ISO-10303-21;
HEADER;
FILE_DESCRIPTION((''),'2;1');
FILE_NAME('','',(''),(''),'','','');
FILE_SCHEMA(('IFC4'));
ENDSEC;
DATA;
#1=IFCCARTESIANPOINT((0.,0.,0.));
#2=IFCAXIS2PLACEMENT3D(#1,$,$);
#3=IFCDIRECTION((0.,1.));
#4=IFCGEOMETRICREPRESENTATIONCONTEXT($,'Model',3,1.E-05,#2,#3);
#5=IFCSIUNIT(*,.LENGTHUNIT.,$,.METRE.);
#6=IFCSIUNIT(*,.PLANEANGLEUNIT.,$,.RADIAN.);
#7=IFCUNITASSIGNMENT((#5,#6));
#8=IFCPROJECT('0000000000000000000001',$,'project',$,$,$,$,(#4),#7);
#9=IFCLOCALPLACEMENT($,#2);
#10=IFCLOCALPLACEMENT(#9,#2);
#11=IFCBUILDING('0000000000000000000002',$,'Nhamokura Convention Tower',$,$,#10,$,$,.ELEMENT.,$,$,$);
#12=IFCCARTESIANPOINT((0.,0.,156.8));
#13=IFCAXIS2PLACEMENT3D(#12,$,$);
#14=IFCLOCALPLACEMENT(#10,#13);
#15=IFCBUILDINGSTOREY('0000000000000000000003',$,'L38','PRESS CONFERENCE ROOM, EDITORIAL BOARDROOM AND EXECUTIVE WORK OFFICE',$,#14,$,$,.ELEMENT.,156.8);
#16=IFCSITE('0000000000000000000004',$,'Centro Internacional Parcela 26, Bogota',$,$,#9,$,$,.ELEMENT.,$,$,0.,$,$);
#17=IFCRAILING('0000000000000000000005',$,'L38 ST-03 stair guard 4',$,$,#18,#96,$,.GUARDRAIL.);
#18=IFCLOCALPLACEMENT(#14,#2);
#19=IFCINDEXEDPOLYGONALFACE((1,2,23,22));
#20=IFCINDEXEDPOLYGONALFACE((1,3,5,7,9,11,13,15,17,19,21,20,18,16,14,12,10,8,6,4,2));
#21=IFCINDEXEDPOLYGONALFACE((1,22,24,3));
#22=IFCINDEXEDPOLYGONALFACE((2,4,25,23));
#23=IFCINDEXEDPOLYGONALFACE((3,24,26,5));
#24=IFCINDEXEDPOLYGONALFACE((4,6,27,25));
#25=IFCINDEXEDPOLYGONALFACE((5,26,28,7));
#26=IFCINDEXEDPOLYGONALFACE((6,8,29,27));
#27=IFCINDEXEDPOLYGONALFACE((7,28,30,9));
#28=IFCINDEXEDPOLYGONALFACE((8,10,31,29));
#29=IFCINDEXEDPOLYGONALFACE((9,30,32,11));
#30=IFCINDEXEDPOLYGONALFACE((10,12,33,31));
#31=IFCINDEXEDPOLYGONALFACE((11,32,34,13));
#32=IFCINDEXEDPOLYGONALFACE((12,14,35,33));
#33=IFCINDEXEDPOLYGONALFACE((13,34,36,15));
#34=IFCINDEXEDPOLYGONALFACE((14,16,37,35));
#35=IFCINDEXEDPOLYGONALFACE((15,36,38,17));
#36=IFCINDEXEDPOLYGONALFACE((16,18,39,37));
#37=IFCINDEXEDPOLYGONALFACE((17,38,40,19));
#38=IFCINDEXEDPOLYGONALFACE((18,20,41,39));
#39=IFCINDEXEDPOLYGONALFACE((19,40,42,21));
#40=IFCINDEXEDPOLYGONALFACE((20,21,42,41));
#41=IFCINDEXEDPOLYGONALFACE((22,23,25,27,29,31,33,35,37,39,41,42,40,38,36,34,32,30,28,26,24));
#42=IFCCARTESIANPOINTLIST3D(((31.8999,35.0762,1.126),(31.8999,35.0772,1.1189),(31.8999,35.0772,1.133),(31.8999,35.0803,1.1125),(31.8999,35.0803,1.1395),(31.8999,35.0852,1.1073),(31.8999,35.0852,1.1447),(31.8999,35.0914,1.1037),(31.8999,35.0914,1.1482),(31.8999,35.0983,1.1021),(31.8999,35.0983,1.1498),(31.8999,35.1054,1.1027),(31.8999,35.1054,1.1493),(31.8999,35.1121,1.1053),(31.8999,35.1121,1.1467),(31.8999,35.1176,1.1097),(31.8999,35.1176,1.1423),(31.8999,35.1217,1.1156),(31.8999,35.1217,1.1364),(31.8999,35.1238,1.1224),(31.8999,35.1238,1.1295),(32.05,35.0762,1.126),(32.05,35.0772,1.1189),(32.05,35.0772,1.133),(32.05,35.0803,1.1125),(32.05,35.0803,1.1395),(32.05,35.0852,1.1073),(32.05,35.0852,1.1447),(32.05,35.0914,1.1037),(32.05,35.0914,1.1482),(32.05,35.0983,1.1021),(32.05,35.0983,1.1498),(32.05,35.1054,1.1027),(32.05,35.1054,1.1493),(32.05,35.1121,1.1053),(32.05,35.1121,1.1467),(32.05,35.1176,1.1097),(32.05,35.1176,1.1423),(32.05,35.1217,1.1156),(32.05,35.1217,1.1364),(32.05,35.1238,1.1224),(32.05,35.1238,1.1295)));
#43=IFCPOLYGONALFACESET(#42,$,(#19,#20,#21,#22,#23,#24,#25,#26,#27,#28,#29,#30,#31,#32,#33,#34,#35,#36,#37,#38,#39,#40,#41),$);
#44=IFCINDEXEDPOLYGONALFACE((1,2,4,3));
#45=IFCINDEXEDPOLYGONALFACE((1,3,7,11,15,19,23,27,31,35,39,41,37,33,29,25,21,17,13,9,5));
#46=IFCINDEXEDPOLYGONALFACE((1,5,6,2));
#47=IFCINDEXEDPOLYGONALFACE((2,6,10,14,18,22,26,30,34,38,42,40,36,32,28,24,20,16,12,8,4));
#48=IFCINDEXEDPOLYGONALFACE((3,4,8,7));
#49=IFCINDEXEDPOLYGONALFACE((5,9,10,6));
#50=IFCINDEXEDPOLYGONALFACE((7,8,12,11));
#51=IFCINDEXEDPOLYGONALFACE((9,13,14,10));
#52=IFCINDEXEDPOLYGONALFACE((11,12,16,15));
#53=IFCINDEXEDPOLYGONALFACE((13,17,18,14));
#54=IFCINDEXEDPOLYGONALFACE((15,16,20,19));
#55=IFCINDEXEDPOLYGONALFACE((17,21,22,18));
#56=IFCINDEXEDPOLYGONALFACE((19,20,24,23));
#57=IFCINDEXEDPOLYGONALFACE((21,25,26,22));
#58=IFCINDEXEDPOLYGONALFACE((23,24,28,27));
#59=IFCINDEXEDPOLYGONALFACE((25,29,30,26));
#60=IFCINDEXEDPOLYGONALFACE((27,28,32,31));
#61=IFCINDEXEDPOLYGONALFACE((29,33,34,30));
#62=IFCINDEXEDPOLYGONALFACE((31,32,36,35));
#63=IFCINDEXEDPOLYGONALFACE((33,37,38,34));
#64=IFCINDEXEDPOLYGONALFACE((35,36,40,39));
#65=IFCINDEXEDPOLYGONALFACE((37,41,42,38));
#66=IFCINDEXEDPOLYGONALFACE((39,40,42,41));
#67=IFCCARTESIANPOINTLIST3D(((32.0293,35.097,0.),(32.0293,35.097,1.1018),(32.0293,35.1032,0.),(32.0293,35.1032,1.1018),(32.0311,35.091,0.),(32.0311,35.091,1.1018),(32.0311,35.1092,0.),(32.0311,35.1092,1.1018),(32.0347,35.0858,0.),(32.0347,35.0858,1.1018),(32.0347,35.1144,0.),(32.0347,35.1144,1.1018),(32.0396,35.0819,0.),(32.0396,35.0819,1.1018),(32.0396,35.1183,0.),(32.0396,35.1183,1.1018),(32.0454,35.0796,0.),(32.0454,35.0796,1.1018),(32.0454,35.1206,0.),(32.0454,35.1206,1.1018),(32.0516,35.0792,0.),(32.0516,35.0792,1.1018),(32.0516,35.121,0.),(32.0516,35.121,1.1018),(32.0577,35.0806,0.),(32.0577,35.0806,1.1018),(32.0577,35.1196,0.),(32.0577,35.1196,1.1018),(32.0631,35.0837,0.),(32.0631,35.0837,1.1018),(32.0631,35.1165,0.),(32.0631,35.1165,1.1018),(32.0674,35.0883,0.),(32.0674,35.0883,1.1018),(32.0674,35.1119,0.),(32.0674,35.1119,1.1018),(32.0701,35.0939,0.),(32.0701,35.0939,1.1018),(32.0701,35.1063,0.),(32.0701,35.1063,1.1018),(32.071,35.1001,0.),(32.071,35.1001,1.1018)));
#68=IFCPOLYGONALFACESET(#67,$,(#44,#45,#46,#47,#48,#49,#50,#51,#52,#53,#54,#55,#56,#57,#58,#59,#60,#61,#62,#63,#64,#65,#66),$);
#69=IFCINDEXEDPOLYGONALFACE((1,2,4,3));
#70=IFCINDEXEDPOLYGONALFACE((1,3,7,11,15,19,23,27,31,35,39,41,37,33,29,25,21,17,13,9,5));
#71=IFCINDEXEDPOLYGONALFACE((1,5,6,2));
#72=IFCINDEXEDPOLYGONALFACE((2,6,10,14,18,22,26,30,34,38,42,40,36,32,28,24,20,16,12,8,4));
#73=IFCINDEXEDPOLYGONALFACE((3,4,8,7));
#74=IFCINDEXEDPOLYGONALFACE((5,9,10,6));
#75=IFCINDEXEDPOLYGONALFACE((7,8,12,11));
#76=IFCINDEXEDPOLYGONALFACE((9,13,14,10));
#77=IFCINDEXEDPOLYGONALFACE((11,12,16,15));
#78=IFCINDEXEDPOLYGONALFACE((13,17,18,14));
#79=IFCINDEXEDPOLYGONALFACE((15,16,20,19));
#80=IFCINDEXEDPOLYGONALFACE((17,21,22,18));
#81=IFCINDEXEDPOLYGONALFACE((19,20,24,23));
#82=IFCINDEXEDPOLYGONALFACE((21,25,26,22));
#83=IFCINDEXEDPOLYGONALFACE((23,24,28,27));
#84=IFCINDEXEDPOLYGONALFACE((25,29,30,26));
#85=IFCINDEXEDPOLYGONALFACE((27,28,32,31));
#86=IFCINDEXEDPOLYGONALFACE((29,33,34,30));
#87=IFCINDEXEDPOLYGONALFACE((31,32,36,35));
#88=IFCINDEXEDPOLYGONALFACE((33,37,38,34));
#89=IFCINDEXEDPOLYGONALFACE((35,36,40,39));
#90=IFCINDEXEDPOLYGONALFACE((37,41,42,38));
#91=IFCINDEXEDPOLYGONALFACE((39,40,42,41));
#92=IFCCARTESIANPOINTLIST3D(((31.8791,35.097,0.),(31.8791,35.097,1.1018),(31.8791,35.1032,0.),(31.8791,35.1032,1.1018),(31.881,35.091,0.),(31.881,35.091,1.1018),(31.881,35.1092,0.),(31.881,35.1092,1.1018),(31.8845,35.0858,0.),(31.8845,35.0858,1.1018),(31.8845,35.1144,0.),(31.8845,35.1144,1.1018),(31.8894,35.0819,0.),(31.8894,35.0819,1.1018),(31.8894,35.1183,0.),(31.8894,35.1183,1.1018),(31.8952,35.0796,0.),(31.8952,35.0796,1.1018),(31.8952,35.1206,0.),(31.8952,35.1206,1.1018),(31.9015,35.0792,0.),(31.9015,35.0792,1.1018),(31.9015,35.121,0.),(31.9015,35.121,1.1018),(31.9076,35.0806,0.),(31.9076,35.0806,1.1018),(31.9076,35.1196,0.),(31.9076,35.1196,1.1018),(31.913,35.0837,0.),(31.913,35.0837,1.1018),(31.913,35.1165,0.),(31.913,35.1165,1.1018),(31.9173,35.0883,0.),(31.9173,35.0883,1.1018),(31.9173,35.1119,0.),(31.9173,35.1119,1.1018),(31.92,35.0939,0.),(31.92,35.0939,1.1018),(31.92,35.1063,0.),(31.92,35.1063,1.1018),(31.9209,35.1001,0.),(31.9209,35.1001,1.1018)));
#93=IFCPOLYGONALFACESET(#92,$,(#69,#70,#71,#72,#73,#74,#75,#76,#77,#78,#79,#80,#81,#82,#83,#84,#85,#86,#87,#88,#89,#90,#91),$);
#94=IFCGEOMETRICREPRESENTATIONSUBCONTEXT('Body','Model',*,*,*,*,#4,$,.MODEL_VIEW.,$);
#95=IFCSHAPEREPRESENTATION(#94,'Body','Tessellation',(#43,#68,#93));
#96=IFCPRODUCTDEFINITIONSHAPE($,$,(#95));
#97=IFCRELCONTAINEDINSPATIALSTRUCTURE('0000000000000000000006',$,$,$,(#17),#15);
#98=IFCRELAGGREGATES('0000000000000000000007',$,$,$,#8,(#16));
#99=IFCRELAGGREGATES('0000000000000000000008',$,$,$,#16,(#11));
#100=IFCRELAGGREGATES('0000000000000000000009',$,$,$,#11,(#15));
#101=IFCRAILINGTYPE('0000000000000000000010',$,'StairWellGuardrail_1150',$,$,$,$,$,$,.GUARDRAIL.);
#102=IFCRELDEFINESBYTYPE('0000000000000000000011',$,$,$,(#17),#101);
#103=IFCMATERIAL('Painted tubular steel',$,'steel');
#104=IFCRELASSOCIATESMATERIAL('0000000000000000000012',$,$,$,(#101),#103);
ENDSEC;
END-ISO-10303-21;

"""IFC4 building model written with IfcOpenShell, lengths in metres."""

from ifc_helpers import new_model, si_unit, direction, frame, origin, origin_2d, place, context, subcontext, project, spatial, circle, extrude, material, type_object, element, save


model = new_model("IFC4")

# Units and contexts
model_context = context("Model", 3, precision=1e-05, world=origin(), true_north=direction((0.0, 1.0)))
body_context = subcontext(model_context, "Body", "Model", "MODEL_VIEW")
ifc_project = project(units=[si_unit("LENGTHUNIT", "METRE"), si_unit("PLANEANGLEUNIT", "RADIAN")], contexts=[model_context])

# Site, building, storey
site_placement = place(None, origin())
site = spatial("IfcSite", under=ifc_project, at=site_placement, Name="Centro Internacional Parcela 26, Bogota", CompositionType="ELEMENT", RefElevation=0.0)
building_placement = place(site_placement, origin())
building = spatial("IfcBuilding", under=site, at=building_placement, Name="Nhamokura Convention Tower", CompositionType="ELEMENT")
storey_placement = place(building_placement, frame((0.0, 0.0, 156.8)))
storey = spatial("IfcBuildingStorey", under=building, at=storey_placement, Name="L38", Description="PRESS CONFERENCE ROOM, EDITORIAL BOARDROOM AND EXECUTIVE WORK OFFICE", CompositionType="ELEMENT", Elevation=156.8)

# Railing
ifc_material_1 = material(Name="Painted tubular steel", Category="steel")
railing_type_1 = type_object("IfcRailingType", Name="StairWellGuardrail_1150", PredefinedType="GUARDRAIL", material=ifc_material_1)
railing_1_placement = place(storey_placement, frame((32.05, 35.1001, 0.0)))
element("IfcRailing", 1, at=railing_1_placement, inside=storey, type_object=railing_type_1, Name="L38 ST-03 stair guard 4", PredefinedType="GUARDRAIL", context=body_context, shape_type="SweptSolid", body=[
    extrude(circle(Radius=0.0239, at=origin_2d()), frame((0.0, 0.0, 1.126), z_axis=(-1.0, 0.0, 0.0), x_axis=(0.0, -1.0, 0.0)), (0.0, 0.0, 1.0), 0.1501),
    extrude(circle(Radius=0.021, at=origin_2d()), origin(), (0.0, 0.0, 1.0), 1.1018),
    extrude(circle(Radius=0.021, at=origin_2d()), frame((-0.1501, 0.0, 0.0)), (0.0, 0.0, 1.0), 1.1018),
])

save(model, "model.ifc")
